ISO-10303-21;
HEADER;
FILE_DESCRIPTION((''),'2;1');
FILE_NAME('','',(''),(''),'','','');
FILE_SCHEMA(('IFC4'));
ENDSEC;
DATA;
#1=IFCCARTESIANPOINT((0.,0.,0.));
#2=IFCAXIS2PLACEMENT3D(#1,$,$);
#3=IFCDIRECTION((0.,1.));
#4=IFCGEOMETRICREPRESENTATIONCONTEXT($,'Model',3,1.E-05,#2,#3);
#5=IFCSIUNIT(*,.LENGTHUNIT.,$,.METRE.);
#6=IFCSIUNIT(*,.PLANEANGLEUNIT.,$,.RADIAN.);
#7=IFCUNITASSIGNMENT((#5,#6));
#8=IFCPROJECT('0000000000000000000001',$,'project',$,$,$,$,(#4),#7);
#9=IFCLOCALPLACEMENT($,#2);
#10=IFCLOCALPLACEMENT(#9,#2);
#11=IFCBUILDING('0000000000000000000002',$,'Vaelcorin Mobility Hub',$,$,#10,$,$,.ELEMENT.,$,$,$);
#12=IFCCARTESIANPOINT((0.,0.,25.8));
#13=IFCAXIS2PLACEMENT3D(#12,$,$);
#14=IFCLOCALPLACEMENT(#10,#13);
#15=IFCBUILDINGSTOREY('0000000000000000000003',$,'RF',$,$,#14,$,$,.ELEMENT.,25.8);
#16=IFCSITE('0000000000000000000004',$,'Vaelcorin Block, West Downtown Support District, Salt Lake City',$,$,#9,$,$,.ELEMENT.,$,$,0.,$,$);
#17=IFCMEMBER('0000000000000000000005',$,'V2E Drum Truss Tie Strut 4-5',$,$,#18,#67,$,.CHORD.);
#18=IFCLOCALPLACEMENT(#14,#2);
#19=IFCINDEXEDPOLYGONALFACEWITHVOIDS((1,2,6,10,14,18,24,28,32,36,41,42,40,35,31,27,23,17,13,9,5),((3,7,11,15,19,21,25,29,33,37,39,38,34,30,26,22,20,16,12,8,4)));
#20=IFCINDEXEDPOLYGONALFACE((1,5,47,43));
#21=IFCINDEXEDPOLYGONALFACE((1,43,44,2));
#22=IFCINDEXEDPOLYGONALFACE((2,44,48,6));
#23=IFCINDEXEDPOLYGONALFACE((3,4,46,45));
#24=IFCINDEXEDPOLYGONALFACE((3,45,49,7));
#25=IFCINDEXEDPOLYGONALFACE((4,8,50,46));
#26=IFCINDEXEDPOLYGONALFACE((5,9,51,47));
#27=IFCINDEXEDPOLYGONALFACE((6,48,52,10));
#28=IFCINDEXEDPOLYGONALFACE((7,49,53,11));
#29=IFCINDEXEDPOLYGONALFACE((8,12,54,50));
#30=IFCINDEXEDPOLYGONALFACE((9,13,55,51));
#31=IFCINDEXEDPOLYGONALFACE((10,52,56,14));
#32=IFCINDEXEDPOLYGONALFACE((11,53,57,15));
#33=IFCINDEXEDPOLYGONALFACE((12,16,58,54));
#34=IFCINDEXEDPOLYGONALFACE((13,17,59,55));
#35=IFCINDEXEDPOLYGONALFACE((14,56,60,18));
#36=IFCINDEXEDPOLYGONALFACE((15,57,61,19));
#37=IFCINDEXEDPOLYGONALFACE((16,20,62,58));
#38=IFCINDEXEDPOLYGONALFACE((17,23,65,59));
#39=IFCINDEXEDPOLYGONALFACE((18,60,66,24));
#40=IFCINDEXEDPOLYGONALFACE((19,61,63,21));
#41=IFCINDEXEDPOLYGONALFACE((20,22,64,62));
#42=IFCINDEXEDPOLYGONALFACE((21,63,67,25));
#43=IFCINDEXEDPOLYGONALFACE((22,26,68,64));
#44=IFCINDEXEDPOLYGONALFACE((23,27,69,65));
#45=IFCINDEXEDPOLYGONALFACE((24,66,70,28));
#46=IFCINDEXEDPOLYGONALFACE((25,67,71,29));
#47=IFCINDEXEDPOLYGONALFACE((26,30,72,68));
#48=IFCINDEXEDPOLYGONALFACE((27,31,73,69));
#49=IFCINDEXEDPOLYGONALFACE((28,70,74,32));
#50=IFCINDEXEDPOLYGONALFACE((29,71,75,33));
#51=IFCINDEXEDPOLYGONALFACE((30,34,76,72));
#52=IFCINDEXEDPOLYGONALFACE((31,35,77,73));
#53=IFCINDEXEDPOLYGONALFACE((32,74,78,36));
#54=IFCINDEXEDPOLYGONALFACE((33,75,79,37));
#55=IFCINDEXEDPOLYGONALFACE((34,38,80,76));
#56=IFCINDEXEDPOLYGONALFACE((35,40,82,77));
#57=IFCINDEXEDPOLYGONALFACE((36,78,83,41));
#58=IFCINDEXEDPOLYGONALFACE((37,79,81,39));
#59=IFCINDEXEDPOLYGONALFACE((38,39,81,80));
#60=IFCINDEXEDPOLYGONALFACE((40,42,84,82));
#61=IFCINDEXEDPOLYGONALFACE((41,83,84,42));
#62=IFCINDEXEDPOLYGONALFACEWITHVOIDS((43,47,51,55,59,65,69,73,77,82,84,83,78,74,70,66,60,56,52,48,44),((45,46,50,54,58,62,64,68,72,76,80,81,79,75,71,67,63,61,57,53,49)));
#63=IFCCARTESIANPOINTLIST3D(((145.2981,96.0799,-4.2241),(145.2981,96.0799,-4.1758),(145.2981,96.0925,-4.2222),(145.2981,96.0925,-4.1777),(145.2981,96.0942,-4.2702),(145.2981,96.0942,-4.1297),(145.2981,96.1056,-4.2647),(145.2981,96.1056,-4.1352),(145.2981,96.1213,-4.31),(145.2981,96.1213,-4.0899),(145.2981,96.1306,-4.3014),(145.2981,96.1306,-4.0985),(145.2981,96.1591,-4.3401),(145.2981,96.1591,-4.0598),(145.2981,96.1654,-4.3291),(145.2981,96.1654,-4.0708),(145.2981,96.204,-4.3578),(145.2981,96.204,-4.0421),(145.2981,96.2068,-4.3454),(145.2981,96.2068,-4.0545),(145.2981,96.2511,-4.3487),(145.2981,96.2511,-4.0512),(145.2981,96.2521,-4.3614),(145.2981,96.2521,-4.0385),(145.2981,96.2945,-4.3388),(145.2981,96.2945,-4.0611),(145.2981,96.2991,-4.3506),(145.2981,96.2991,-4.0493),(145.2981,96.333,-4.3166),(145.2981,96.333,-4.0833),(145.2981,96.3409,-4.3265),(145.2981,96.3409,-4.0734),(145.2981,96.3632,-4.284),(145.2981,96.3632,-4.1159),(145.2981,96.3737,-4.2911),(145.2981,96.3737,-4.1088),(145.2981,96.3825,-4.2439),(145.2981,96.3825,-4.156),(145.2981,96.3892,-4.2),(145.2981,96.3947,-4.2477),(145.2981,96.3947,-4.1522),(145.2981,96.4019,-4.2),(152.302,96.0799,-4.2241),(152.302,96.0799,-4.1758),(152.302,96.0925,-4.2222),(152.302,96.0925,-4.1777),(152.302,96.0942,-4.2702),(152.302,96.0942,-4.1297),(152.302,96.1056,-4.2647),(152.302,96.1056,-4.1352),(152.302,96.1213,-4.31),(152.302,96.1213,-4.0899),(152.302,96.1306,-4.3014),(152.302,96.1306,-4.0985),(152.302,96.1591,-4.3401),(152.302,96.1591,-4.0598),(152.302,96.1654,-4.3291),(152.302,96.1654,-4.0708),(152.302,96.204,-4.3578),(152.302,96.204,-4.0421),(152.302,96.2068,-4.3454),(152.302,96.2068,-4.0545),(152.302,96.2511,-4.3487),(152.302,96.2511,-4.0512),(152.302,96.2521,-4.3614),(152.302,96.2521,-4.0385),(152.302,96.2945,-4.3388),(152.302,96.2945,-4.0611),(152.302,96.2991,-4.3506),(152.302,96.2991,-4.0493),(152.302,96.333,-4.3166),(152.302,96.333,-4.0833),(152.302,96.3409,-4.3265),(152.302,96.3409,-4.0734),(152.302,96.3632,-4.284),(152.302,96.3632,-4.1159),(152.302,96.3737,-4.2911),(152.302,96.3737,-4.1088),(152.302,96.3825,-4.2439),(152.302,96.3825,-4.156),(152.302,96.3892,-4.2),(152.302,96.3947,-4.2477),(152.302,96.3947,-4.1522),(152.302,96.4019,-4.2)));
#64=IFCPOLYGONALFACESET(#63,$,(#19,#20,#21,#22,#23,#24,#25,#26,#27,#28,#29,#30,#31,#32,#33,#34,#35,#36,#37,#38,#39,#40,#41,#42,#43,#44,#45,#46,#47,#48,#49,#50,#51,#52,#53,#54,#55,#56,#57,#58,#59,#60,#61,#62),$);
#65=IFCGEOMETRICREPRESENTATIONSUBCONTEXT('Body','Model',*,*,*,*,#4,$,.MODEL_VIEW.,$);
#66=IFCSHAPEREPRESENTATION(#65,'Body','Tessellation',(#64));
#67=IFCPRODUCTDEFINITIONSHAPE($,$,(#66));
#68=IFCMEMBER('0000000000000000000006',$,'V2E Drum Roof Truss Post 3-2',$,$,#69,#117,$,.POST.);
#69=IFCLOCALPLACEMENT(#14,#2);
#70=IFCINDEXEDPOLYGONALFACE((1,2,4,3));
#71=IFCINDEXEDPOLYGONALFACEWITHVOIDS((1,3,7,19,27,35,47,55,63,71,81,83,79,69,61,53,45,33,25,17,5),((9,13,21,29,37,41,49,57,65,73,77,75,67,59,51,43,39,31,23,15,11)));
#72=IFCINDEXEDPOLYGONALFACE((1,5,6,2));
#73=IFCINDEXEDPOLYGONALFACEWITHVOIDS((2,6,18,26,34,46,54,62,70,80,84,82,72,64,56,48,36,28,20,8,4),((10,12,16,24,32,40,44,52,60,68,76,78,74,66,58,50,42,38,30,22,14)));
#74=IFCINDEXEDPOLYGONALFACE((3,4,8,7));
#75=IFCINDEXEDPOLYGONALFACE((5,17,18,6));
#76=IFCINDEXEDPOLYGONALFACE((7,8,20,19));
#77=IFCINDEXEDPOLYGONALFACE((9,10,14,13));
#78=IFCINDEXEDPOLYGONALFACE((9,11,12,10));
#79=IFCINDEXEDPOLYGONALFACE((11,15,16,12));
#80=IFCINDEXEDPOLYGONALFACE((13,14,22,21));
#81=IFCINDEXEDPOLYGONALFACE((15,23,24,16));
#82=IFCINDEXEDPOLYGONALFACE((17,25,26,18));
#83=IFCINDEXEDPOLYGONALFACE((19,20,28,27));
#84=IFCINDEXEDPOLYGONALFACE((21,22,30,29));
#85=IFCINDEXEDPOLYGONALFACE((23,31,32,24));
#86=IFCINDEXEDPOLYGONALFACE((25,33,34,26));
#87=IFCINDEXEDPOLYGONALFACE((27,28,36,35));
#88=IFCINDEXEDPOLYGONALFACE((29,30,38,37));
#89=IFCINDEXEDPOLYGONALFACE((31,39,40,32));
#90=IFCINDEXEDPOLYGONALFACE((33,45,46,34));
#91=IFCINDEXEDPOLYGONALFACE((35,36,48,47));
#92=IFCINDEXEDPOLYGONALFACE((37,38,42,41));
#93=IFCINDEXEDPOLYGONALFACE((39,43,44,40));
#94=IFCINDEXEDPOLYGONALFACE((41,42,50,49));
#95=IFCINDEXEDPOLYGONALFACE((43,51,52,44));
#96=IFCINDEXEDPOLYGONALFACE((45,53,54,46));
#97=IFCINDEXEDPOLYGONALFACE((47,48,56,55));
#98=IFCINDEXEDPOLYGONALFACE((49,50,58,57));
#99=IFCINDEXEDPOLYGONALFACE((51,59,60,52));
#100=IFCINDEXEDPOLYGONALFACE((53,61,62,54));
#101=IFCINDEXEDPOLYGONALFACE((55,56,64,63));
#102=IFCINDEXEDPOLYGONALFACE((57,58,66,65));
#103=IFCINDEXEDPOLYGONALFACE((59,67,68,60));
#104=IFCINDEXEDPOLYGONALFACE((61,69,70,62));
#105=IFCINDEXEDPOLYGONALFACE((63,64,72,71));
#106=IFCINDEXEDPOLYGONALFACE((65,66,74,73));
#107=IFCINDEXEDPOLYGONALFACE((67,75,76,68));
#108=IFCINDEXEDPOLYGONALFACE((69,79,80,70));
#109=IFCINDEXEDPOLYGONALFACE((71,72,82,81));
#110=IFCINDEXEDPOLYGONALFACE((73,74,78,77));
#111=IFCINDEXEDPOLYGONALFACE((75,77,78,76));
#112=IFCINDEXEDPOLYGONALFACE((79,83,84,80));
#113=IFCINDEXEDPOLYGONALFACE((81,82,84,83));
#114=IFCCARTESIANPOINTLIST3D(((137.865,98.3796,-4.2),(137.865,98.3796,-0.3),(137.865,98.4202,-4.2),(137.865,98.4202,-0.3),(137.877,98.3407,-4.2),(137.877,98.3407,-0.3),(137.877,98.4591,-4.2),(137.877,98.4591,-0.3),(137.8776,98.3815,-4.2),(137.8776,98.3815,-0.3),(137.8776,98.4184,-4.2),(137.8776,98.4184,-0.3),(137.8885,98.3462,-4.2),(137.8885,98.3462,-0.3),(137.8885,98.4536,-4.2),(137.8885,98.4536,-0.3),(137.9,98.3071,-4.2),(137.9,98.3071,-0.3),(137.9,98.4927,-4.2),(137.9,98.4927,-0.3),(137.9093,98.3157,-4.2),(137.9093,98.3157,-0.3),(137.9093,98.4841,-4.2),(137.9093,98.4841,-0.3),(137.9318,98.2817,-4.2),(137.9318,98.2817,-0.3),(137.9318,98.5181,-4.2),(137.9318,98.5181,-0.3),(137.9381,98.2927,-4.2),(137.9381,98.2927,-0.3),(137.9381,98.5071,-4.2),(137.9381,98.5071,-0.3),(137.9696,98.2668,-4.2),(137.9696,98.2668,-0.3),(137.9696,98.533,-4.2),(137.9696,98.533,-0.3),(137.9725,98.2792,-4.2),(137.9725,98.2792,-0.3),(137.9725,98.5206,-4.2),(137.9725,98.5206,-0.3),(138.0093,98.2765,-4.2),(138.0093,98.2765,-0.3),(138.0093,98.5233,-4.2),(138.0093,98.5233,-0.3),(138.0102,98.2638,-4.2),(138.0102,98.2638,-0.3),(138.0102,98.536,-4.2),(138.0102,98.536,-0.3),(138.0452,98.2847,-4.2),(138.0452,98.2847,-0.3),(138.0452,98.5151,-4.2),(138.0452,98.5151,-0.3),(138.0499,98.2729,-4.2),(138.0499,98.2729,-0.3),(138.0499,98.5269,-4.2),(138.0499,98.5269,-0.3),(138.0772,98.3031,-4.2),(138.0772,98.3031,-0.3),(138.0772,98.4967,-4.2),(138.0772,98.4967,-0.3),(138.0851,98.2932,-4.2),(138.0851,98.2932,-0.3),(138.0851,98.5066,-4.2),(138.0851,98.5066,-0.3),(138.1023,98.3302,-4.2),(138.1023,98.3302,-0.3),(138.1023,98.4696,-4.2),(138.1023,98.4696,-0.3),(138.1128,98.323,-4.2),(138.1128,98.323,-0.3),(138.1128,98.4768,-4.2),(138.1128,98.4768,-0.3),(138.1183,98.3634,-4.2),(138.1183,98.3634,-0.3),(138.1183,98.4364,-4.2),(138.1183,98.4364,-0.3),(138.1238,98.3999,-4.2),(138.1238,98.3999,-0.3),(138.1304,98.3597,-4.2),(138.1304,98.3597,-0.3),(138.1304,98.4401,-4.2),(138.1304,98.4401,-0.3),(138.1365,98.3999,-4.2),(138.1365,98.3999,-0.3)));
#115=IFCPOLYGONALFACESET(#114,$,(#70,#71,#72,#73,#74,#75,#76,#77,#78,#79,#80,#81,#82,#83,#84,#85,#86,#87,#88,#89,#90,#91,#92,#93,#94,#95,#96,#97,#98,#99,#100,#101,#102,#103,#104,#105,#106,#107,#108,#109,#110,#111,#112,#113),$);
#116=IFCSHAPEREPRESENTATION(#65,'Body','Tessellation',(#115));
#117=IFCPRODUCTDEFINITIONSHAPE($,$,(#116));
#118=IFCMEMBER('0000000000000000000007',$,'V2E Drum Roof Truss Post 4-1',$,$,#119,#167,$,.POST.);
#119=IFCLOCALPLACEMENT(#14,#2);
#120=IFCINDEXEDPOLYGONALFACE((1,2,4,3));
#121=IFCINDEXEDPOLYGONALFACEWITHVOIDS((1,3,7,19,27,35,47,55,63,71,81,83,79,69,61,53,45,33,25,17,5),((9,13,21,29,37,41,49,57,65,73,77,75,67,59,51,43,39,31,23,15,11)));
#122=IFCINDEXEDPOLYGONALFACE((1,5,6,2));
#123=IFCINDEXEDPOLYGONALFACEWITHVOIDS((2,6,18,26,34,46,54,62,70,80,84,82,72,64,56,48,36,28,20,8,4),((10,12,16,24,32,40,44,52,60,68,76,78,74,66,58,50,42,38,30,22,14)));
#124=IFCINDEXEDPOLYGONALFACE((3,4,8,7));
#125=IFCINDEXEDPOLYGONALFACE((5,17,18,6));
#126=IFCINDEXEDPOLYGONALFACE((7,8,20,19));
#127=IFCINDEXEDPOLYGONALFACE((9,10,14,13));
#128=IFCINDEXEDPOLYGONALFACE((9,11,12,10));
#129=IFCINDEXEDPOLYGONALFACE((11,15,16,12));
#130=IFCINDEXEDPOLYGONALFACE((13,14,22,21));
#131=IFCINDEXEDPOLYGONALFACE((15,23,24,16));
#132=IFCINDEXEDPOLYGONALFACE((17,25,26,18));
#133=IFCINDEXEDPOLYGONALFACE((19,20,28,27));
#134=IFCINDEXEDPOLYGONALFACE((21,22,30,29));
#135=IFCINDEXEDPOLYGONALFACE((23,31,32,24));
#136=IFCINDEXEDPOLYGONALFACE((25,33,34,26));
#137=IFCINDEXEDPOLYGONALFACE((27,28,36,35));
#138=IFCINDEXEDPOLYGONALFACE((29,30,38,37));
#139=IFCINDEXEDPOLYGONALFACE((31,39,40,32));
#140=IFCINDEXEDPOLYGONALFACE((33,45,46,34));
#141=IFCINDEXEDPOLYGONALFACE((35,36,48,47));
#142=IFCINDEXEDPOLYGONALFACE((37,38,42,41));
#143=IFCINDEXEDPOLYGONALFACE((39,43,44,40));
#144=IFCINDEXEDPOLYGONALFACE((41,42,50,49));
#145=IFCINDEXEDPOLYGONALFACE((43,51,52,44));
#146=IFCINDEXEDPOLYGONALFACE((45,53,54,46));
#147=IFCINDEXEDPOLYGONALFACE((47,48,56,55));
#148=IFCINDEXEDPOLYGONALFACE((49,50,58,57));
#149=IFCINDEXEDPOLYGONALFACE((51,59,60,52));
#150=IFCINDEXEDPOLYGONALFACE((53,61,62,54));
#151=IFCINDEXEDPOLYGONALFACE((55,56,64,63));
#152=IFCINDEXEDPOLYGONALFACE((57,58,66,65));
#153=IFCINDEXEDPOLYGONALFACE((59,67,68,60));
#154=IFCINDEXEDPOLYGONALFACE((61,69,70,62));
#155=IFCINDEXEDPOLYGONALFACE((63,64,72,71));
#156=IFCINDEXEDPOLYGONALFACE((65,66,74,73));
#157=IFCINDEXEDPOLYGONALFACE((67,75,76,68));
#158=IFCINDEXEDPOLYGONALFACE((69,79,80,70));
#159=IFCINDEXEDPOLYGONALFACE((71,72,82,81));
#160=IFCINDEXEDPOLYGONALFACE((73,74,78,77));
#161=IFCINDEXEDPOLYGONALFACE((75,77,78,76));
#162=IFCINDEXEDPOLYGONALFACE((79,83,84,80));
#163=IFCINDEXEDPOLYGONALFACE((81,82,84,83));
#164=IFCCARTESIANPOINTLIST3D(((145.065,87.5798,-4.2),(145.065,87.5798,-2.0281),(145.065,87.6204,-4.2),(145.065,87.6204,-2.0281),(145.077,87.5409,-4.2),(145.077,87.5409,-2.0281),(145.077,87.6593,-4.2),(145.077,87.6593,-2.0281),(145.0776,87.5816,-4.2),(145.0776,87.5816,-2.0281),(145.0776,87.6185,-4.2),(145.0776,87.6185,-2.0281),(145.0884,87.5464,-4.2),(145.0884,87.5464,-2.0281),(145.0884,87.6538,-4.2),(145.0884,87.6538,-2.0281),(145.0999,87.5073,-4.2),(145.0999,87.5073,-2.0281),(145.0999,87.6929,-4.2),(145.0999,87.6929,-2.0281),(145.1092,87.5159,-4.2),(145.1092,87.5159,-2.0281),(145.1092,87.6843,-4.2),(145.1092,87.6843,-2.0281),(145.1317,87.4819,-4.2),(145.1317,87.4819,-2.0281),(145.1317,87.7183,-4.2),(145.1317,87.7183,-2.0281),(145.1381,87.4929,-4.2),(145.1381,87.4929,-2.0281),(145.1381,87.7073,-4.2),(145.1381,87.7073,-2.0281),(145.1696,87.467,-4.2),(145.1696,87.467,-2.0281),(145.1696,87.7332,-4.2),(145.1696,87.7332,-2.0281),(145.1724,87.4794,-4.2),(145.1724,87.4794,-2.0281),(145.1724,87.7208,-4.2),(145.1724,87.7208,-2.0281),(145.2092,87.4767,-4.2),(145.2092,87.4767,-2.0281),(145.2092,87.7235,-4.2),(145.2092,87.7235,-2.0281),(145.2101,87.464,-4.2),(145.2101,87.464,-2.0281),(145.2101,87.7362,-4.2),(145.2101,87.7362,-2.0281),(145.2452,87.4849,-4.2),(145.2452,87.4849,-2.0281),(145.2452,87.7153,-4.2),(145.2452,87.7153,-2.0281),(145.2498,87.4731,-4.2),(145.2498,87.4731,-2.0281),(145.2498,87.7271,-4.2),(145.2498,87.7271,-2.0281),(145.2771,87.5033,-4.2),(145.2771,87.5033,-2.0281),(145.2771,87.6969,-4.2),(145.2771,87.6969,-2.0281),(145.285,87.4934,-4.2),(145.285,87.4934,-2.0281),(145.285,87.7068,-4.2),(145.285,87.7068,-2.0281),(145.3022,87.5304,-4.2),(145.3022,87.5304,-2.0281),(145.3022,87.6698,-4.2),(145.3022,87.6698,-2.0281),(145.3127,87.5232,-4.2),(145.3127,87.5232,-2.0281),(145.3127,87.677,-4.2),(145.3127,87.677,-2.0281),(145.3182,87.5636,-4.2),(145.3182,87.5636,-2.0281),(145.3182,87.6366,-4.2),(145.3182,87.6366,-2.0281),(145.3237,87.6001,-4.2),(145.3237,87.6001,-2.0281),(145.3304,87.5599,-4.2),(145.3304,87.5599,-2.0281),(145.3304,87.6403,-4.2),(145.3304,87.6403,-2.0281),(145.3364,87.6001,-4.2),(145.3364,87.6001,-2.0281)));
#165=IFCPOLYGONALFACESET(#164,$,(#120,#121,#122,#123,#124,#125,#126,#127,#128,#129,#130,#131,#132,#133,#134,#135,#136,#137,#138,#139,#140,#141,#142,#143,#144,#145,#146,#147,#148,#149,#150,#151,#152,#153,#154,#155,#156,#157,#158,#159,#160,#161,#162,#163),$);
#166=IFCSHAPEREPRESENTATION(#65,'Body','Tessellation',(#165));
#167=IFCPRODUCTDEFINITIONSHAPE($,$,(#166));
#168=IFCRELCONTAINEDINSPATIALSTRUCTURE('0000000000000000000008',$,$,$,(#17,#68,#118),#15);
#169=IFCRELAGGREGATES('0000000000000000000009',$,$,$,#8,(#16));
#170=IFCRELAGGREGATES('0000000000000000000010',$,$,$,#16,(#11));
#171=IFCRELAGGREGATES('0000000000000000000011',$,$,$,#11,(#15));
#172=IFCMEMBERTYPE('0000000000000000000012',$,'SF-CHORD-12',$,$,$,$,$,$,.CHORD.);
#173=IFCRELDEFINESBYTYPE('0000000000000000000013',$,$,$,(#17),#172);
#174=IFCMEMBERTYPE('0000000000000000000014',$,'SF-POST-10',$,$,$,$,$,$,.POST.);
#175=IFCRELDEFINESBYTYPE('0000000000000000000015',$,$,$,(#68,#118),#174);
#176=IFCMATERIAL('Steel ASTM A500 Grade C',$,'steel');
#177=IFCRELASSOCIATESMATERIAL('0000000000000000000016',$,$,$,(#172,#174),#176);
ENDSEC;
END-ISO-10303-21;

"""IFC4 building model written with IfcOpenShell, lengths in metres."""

from ifc_helpers import new_model, si_unit, direction, frame, origin, origin_2d, place, context, subcontext, project, spatial, hollow_circle, extrude, material, material_profile, profile_set, type_object, element, save


model = new_model("IFC4")

# Units and contexts
model_context = context("Model", 3, precision=1e-05, world=origin(), true_north=direction((0.0, 1.0)))
body_context = subcontext(model_context, "Body", "Model", "MODEL_VIEW")
ifc_project = project(units=[si_unit("LENGTHUNIT", "METRE"), si_unit("PLANEANGLEUNIT", "RADIAN")], contexts=[model_context])

# Site, building, storey
site_placement = place(None, origin())
site = spatial("IfcSite", under=ifc_project, at=site_placement, Name="Vaelcorin Block, West Downtown Support District, Salt Lake City", CompositionType="ELEMENT", RefElevation=0.0)
building_placement = place(site_placement, origin())
building = spatial("IfcBuilding", under=site, at=building_placement, Name="Vaelcorin Mobility Hub", CompositionType="ELEMENT")
storey_placement = place(building_placement, frame((0.0, 0.0, 25.8)))
storey = spatial("IfcBuildingStorey", under=building, at=storey_placement, Name="RF", CompositionType="ELEMENT", Elevation=25.8)

# Members
ifc_material_1 = material(Name="Steel ASTM A500 Grade C", Category="steel")
ifc_material_profile_1 = material_profile(ifc_material_1, hollow_circle(Radius=0.1619, WallThickness=0.0127, at=origin_2d()), Name="HSS12.750X0.500")
ifc_profile_set_1 = profile_set([ifc_material_profile_1], Name="Steel ASTM A500 Grade C")
member_type_1 = type_object("IfcMemberType", Name="SF-CHORD-12", PredefinedType="CHORD", material=ifc_profile_set_1)
for number, where, z_axis, x_axis, name in (
    (1, (145.2981, 96.24, -4.2), (1.0, 0.0, 0.0), (0.0, 1.0, 0.0), "V2E Drum Truss Tie Strut 4-5"),
):
    element("IfcMember", number, at=place(storey_placement, frame(where, z_axis=z_axis, x_axis=x_axis)), inside=storey, type_object=member_type_1, Name=name, PredefinedType="CHORD", context=body_context, shape_type="SweptSolid", body=[
        extrude(hollow_circle(Radius=0.1619, WallThickness=0.0127, at=origin_2d()), origin(), (0.0, 0.0, 1.0), 7.0039),
    ])
ifc_material_profile_2 = material_profile(ifc_material_1, hollow_circle(Radius=0.1365, WallThickness=0.0127, at=origin_2d()), Name="HSS10.750X0.500")
ifc_profile_set_2 = profile_set([ifc_material_profile_2], Name="Steel ASTM A500 Grade C")
member_type_2 = type_object("IfcMemberType", Name="SF-POST-10", PredefinedType="POST", material=ifc_profile_set_2)
member_1_placement = place(storey_placement, frame((138.0, 98.3999, -4.2), z_axis=(0.0, 0.0, 1.0), x_axis=(1.0, 0.0, 0.0)))
element("IfcMember", 2, at=member_1_placement, inside=storey, type_object=member_type_2, Name="V2E Drum Roof Truss Post 3-2", PredefinedType="POST", context=body_context, shape_type="SweptSolid", body=[
    extrude(hollow_circle(Radius=0.1365, WallThickness=0.0127, at=origin_2d()), origin(), (0.0, 0.0, 1.0), 3.8999),
])
for number, where, z_axis, x_axis, name in (
    (3, (145.2, 87.6001, -4.2), (0.0, 0.0, 1.0), (1.0, 0.0, 0.0), "V2E Drum Roof Truss Post 4-1"),
):
    element("IfcMember", number, at=place(storey_placement, frame(where, z_axis=z_axis, x_axis=x_axis)), inside=storey, type_object=member_type_2, Name=name, PredefinedType="POST", context=body_context, shape_type="SweptSolid", body=[
        extrude(hollow_circle(Radius=0.1365, WallThickness=0.0127, at=origin_2d()), origin(), (0.0, 0.0, 1.0), 2.1719),
    ])

save(model, "model.ifc")
